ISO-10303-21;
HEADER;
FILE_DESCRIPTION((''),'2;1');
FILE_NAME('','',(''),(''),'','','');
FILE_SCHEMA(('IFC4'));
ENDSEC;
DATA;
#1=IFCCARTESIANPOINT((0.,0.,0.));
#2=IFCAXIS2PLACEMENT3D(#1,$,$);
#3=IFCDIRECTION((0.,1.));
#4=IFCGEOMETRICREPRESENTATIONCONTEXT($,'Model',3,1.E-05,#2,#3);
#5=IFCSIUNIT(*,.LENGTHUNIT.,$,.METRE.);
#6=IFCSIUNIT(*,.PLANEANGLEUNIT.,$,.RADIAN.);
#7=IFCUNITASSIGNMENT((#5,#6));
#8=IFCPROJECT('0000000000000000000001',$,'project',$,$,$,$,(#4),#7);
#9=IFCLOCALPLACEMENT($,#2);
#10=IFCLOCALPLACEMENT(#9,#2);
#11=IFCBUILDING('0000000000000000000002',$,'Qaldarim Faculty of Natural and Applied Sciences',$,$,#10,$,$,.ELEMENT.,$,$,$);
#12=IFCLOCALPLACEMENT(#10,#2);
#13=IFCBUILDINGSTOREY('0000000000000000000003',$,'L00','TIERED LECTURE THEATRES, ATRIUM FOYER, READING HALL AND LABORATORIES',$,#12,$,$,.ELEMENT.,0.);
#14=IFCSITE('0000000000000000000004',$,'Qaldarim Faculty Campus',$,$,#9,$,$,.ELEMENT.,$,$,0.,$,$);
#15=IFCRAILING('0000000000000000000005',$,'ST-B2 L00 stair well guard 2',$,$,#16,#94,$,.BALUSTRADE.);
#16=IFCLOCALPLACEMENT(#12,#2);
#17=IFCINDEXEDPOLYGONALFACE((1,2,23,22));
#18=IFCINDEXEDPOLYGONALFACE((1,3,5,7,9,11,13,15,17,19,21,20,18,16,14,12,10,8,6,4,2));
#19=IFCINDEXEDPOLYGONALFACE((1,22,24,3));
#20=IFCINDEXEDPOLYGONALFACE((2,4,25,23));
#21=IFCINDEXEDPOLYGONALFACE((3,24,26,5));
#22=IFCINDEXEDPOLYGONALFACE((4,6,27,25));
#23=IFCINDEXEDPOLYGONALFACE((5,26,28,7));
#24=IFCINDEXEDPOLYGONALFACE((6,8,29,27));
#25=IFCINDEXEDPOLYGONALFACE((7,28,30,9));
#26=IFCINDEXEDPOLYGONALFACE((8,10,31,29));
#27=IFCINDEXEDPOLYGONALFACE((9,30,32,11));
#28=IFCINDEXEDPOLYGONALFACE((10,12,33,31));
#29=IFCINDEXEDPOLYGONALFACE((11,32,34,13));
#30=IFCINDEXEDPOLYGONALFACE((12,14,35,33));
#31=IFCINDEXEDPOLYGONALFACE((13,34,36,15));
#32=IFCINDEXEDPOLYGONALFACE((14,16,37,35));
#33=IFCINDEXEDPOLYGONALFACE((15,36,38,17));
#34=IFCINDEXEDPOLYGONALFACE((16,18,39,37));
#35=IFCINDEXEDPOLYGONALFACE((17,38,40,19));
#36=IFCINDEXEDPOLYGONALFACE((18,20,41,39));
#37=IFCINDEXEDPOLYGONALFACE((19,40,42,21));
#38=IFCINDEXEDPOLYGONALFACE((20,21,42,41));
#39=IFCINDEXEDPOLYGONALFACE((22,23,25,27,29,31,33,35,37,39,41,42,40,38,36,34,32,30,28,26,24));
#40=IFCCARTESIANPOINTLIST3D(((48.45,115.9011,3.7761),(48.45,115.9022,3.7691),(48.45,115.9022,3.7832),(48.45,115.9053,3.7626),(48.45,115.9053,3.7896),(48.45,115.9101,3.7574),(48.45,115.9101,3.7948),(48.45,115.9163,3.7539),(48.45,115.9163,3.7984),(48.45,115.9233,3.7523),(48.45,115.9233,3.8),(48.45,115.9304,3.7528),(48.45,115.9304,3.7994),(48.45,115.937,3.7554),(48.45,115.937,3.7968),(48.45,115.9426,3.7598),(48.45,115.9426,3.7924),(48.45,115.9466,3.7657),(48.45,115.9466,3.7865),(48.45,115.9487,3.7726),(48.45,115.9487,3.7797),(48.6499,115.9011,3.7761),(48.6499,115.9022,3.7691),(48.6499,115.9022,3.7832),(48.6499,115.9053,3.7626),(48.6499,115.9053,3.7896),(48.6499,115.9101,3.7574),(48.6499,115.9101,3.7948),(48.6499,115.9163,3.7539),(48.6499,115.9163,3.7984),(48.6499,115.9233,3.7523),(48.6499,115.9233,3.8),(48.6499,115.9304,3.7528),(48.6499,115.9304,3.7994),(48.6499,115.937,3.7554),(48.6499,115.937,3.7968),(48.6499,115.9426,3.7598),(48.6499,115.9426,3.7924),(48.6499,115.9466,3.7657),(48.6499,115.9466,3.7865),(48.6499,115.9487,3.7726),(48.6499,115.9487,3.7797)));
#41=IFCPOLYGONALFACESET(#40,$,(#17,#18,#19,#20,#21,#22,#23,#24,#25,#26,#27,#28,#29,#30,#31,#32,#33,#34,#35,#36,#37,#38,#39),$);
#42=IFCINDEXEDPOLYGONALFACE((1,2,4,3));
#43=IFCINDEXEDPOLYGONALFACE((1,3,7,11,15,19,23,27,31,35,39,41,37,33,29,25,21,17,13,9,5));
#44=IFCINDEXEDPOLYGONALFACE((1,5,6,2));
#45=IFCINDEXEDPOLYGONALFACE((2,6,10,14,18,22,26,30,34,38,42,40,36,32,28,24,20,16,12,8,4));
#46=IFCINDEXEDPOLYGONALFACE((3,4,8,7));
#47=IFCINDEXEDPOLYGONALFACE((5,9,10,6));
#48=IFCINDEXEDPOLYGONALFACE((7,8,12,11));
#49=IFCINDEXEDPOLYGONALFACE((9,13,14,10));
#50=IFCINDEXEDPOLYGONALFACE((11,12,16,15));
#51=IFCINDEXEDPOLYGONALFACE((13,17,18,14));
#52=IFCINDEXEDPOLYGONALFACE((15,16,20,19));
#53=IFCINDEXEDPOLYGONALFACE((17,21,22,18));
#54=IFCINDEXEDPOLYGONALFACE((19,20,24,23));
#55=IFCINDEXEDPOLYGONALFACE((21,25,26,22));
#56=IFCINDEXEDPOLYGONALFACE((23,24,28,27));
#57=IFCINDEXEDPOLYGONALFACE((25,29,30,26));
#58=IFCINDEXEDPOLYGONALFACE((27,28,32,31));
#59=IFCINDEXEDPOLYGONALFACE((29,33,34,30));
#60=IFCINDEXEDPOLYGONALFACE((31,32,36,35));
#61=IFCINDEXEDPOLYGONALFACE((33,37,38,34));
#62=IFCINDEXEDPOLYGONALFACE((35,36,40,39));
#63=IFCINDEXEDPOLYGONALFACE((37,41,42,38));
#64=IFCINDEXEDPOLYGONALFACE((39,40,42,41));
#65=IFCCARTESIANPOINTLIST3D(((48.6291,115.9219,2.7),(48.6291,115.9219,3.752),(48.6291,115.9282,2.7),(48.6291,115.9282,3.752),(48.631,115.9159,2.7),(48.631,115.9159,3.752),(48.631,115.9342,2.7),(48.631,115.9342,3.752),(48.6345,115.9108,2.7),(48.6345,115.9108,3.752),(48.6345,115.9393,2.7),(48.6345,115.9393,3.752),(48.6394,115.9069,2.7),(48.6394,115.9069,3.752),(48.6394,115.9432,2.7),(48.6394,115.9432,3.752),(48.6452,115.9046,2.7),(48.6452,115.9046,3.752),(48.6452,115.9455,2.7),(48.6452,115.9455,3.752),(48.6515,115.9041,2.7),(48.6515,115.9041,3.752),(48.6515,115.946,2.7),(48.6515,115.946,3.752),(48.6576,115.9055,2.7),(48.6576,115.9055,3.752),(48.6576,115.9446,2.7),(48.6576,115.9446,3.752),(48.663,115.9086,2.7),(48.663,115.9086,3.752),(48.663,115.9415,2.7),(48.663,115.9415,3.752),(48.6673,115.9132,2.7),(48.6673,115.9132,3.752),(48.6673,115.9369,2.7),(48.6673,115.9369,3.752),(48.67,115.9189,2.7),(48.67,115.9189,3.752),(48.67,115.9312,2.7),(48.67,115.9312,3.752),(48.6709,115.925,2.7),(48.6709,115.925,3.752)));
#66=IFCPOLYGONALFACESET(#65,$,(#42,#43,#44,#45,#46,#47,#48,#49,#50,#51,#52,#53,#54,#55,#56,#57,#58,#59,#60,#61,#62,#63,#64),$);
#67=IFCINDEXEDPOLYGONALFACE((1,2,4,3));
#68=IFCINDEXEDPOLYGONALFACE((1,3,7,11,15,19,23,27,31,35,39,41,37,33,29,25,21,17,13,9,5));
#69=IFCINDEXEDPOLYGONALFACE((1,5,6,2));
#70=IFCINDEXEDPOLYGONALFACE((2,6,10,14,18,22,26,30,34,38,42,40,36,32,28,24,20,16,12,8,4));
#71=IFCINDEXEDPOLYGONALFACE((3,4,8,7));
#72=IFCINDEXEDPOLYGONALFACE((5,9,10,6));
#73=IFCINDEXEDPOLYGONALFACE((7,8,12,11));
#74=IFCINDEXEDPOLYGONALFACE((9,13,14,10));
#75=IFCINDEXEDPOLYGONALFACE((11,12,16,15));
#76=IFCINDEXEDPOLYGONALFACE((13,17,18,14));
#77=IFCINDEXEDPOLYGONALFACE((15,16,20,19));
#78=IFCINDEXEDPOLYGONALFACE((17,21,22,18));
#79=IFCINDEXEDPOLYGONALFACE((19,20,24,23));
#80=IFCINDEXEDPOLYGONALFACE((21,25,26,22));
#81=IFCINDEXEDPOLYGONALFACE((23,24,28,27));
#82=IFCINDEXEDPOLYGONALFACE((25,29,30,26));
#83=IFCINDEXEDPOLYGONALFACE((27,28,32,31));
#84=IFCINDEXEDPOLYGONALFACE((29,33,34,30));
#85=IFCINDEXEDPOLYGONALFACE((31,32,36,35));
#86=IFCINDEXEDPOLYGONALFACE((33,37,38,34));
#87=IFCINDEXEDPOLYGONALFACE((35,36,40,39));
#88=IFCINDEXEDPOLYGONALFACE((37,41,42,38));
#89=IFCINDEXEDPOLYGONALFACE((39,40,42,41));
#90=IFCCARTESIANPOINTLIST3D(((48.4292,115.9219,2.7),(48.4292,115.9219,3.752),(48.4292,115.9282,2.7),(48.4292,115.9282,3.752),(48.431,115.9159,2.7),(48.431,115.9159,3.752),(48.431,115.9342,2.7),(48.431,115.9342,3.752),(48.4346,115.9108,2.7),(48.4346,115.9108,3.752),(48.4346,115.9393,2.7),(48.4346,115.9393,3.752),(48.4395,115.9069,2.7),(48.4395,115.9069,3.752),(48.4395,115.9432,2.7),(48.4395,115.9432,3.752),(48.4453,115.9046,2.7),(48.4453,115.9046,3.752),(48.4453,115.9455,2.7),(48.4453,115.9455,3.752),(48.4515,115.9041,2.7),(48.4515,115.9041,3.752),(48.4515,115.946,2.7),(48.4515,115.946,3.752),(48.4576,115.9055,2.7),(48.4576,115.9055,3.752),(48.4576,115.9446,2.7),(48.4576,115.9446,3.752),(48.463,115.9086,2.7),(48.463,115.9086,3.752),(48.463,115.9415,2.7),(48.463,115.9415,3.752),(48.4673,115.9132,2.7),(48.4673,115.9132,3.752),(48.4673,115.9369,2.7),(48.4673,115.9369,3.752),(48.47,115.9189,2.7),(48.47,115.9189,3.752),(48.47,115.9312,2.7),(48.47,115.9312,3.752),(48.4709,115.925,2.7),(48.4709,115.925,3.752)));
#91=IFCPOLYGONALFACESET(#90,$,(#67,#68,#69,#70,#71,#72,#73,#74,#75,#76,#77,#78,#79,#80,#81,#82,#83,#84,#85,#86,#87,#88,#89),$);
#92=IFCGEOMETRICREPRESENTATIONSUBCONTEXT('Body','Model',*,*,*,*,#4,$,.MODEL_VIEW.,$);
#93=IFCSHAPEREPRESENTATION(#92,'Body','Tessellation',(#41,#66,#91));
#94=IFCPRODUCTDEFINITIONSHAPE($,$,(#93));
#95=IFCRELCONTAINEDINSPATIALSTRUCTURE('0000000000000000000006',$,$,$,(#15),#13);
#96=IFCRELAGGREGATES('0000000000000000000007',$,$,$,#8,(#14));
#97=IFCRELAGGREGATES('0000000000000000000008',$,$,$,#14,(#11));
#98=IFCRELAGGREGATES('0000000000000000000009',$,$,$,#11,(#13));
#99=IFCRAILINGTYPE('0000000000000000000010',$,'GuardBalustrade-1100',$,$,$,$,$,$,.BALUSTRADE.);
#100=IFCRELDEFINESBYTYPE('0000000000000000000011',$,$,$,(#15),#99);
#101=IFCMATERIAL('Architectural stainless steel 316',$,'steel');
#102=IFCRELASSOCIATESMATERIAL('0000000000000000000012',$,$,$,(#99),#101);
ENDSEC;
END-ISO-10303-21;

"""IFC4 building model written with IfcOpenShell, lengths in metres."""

from ifc_helpers import new_model, si_unit, direction, frame, origin, origin_2d, place, context, subcontext, project, spatial, circle, extrude, material, type_object, element, save


model = new_model("IFC4")

# Units and contexts
model_context = context("Model", 3, precision=1e-05, world=origin(), true_north=direction((0.0, 1.0)))
body_context = subcontext(model_context, "Body", "Model", "MODEL_VIEW")
ifc_project = project(units=[si_unit("LENGTHUNIT", "METRE"), si_unit("PLANEANGLEUNIT", "RADIAN")], contexts=[model_context])

# Site, building, storey
site_placement = place(None, origin())
site = spatial("IfcSite", under=ifc_project, at=site_placement, Name="Qaldarim Faculty Campus", CompositionType="ELEMENT", RefElevation=0.0)
building_placement = place(site_placement, origin())
building = spatial("IfcBuilding", under=site, at=building_placement, Name="Qaldarim Faculty of Natural and Applied Sciences", CompositionType="ELEMENT")
storey_placement = place(building_placement, origin())
storey = spatial("IfcBuildingStorey", under=building, at=storey_placement, Name="L00", Description="TIERED LECTURE THEATRES, ATRIUM FOYER, READING HALL AND LABORATORIES", CompositionType="ELEMENT", Elevation=0.0)

# Shared definitions
ifc_material_1 = material(Name="Architectural stainless steel 316", Category="steel")

# Railing
railing_type_1 = type_object("IfcRailingType", Name="GuardBalustrade-1100", PredefinedType="BALUSTRADE", material=ifc_material_1)
railing_1_placement = place(storey_placement, frame((48.6499, 115.925, 2.7)))
element("IfcRailing", 1, at=railing_1_placement, inside=storey, type_object=railing_type_1, Name="ST-B2 L00 stair well guard 2", PredefinedType="BALUSTRADE", context=body_context, shape_type="SweptSolid", body=[
    extrude(circle(Radius=0.0239, at=origin_2d()), frame((0.0, 0.0, 1.0762), z_axis=(-1.0, 0.0, 0.0), x_axis=(0.0, -1.0, 0.0)), (0.0, 0.0, 1.0), 0.2),
    extrude(circle(Radius=0.021, at=origin_2d()), origin(), (0.0, 0.0, 1.0), 1.052),
    extrude(circle(Radius=0.021, at=origin_2d()), frame((-0.2, 0.0, 0.0)), (0.0, 0.0, 1.0), 1.052),
])

save(model, "model.ifc")
